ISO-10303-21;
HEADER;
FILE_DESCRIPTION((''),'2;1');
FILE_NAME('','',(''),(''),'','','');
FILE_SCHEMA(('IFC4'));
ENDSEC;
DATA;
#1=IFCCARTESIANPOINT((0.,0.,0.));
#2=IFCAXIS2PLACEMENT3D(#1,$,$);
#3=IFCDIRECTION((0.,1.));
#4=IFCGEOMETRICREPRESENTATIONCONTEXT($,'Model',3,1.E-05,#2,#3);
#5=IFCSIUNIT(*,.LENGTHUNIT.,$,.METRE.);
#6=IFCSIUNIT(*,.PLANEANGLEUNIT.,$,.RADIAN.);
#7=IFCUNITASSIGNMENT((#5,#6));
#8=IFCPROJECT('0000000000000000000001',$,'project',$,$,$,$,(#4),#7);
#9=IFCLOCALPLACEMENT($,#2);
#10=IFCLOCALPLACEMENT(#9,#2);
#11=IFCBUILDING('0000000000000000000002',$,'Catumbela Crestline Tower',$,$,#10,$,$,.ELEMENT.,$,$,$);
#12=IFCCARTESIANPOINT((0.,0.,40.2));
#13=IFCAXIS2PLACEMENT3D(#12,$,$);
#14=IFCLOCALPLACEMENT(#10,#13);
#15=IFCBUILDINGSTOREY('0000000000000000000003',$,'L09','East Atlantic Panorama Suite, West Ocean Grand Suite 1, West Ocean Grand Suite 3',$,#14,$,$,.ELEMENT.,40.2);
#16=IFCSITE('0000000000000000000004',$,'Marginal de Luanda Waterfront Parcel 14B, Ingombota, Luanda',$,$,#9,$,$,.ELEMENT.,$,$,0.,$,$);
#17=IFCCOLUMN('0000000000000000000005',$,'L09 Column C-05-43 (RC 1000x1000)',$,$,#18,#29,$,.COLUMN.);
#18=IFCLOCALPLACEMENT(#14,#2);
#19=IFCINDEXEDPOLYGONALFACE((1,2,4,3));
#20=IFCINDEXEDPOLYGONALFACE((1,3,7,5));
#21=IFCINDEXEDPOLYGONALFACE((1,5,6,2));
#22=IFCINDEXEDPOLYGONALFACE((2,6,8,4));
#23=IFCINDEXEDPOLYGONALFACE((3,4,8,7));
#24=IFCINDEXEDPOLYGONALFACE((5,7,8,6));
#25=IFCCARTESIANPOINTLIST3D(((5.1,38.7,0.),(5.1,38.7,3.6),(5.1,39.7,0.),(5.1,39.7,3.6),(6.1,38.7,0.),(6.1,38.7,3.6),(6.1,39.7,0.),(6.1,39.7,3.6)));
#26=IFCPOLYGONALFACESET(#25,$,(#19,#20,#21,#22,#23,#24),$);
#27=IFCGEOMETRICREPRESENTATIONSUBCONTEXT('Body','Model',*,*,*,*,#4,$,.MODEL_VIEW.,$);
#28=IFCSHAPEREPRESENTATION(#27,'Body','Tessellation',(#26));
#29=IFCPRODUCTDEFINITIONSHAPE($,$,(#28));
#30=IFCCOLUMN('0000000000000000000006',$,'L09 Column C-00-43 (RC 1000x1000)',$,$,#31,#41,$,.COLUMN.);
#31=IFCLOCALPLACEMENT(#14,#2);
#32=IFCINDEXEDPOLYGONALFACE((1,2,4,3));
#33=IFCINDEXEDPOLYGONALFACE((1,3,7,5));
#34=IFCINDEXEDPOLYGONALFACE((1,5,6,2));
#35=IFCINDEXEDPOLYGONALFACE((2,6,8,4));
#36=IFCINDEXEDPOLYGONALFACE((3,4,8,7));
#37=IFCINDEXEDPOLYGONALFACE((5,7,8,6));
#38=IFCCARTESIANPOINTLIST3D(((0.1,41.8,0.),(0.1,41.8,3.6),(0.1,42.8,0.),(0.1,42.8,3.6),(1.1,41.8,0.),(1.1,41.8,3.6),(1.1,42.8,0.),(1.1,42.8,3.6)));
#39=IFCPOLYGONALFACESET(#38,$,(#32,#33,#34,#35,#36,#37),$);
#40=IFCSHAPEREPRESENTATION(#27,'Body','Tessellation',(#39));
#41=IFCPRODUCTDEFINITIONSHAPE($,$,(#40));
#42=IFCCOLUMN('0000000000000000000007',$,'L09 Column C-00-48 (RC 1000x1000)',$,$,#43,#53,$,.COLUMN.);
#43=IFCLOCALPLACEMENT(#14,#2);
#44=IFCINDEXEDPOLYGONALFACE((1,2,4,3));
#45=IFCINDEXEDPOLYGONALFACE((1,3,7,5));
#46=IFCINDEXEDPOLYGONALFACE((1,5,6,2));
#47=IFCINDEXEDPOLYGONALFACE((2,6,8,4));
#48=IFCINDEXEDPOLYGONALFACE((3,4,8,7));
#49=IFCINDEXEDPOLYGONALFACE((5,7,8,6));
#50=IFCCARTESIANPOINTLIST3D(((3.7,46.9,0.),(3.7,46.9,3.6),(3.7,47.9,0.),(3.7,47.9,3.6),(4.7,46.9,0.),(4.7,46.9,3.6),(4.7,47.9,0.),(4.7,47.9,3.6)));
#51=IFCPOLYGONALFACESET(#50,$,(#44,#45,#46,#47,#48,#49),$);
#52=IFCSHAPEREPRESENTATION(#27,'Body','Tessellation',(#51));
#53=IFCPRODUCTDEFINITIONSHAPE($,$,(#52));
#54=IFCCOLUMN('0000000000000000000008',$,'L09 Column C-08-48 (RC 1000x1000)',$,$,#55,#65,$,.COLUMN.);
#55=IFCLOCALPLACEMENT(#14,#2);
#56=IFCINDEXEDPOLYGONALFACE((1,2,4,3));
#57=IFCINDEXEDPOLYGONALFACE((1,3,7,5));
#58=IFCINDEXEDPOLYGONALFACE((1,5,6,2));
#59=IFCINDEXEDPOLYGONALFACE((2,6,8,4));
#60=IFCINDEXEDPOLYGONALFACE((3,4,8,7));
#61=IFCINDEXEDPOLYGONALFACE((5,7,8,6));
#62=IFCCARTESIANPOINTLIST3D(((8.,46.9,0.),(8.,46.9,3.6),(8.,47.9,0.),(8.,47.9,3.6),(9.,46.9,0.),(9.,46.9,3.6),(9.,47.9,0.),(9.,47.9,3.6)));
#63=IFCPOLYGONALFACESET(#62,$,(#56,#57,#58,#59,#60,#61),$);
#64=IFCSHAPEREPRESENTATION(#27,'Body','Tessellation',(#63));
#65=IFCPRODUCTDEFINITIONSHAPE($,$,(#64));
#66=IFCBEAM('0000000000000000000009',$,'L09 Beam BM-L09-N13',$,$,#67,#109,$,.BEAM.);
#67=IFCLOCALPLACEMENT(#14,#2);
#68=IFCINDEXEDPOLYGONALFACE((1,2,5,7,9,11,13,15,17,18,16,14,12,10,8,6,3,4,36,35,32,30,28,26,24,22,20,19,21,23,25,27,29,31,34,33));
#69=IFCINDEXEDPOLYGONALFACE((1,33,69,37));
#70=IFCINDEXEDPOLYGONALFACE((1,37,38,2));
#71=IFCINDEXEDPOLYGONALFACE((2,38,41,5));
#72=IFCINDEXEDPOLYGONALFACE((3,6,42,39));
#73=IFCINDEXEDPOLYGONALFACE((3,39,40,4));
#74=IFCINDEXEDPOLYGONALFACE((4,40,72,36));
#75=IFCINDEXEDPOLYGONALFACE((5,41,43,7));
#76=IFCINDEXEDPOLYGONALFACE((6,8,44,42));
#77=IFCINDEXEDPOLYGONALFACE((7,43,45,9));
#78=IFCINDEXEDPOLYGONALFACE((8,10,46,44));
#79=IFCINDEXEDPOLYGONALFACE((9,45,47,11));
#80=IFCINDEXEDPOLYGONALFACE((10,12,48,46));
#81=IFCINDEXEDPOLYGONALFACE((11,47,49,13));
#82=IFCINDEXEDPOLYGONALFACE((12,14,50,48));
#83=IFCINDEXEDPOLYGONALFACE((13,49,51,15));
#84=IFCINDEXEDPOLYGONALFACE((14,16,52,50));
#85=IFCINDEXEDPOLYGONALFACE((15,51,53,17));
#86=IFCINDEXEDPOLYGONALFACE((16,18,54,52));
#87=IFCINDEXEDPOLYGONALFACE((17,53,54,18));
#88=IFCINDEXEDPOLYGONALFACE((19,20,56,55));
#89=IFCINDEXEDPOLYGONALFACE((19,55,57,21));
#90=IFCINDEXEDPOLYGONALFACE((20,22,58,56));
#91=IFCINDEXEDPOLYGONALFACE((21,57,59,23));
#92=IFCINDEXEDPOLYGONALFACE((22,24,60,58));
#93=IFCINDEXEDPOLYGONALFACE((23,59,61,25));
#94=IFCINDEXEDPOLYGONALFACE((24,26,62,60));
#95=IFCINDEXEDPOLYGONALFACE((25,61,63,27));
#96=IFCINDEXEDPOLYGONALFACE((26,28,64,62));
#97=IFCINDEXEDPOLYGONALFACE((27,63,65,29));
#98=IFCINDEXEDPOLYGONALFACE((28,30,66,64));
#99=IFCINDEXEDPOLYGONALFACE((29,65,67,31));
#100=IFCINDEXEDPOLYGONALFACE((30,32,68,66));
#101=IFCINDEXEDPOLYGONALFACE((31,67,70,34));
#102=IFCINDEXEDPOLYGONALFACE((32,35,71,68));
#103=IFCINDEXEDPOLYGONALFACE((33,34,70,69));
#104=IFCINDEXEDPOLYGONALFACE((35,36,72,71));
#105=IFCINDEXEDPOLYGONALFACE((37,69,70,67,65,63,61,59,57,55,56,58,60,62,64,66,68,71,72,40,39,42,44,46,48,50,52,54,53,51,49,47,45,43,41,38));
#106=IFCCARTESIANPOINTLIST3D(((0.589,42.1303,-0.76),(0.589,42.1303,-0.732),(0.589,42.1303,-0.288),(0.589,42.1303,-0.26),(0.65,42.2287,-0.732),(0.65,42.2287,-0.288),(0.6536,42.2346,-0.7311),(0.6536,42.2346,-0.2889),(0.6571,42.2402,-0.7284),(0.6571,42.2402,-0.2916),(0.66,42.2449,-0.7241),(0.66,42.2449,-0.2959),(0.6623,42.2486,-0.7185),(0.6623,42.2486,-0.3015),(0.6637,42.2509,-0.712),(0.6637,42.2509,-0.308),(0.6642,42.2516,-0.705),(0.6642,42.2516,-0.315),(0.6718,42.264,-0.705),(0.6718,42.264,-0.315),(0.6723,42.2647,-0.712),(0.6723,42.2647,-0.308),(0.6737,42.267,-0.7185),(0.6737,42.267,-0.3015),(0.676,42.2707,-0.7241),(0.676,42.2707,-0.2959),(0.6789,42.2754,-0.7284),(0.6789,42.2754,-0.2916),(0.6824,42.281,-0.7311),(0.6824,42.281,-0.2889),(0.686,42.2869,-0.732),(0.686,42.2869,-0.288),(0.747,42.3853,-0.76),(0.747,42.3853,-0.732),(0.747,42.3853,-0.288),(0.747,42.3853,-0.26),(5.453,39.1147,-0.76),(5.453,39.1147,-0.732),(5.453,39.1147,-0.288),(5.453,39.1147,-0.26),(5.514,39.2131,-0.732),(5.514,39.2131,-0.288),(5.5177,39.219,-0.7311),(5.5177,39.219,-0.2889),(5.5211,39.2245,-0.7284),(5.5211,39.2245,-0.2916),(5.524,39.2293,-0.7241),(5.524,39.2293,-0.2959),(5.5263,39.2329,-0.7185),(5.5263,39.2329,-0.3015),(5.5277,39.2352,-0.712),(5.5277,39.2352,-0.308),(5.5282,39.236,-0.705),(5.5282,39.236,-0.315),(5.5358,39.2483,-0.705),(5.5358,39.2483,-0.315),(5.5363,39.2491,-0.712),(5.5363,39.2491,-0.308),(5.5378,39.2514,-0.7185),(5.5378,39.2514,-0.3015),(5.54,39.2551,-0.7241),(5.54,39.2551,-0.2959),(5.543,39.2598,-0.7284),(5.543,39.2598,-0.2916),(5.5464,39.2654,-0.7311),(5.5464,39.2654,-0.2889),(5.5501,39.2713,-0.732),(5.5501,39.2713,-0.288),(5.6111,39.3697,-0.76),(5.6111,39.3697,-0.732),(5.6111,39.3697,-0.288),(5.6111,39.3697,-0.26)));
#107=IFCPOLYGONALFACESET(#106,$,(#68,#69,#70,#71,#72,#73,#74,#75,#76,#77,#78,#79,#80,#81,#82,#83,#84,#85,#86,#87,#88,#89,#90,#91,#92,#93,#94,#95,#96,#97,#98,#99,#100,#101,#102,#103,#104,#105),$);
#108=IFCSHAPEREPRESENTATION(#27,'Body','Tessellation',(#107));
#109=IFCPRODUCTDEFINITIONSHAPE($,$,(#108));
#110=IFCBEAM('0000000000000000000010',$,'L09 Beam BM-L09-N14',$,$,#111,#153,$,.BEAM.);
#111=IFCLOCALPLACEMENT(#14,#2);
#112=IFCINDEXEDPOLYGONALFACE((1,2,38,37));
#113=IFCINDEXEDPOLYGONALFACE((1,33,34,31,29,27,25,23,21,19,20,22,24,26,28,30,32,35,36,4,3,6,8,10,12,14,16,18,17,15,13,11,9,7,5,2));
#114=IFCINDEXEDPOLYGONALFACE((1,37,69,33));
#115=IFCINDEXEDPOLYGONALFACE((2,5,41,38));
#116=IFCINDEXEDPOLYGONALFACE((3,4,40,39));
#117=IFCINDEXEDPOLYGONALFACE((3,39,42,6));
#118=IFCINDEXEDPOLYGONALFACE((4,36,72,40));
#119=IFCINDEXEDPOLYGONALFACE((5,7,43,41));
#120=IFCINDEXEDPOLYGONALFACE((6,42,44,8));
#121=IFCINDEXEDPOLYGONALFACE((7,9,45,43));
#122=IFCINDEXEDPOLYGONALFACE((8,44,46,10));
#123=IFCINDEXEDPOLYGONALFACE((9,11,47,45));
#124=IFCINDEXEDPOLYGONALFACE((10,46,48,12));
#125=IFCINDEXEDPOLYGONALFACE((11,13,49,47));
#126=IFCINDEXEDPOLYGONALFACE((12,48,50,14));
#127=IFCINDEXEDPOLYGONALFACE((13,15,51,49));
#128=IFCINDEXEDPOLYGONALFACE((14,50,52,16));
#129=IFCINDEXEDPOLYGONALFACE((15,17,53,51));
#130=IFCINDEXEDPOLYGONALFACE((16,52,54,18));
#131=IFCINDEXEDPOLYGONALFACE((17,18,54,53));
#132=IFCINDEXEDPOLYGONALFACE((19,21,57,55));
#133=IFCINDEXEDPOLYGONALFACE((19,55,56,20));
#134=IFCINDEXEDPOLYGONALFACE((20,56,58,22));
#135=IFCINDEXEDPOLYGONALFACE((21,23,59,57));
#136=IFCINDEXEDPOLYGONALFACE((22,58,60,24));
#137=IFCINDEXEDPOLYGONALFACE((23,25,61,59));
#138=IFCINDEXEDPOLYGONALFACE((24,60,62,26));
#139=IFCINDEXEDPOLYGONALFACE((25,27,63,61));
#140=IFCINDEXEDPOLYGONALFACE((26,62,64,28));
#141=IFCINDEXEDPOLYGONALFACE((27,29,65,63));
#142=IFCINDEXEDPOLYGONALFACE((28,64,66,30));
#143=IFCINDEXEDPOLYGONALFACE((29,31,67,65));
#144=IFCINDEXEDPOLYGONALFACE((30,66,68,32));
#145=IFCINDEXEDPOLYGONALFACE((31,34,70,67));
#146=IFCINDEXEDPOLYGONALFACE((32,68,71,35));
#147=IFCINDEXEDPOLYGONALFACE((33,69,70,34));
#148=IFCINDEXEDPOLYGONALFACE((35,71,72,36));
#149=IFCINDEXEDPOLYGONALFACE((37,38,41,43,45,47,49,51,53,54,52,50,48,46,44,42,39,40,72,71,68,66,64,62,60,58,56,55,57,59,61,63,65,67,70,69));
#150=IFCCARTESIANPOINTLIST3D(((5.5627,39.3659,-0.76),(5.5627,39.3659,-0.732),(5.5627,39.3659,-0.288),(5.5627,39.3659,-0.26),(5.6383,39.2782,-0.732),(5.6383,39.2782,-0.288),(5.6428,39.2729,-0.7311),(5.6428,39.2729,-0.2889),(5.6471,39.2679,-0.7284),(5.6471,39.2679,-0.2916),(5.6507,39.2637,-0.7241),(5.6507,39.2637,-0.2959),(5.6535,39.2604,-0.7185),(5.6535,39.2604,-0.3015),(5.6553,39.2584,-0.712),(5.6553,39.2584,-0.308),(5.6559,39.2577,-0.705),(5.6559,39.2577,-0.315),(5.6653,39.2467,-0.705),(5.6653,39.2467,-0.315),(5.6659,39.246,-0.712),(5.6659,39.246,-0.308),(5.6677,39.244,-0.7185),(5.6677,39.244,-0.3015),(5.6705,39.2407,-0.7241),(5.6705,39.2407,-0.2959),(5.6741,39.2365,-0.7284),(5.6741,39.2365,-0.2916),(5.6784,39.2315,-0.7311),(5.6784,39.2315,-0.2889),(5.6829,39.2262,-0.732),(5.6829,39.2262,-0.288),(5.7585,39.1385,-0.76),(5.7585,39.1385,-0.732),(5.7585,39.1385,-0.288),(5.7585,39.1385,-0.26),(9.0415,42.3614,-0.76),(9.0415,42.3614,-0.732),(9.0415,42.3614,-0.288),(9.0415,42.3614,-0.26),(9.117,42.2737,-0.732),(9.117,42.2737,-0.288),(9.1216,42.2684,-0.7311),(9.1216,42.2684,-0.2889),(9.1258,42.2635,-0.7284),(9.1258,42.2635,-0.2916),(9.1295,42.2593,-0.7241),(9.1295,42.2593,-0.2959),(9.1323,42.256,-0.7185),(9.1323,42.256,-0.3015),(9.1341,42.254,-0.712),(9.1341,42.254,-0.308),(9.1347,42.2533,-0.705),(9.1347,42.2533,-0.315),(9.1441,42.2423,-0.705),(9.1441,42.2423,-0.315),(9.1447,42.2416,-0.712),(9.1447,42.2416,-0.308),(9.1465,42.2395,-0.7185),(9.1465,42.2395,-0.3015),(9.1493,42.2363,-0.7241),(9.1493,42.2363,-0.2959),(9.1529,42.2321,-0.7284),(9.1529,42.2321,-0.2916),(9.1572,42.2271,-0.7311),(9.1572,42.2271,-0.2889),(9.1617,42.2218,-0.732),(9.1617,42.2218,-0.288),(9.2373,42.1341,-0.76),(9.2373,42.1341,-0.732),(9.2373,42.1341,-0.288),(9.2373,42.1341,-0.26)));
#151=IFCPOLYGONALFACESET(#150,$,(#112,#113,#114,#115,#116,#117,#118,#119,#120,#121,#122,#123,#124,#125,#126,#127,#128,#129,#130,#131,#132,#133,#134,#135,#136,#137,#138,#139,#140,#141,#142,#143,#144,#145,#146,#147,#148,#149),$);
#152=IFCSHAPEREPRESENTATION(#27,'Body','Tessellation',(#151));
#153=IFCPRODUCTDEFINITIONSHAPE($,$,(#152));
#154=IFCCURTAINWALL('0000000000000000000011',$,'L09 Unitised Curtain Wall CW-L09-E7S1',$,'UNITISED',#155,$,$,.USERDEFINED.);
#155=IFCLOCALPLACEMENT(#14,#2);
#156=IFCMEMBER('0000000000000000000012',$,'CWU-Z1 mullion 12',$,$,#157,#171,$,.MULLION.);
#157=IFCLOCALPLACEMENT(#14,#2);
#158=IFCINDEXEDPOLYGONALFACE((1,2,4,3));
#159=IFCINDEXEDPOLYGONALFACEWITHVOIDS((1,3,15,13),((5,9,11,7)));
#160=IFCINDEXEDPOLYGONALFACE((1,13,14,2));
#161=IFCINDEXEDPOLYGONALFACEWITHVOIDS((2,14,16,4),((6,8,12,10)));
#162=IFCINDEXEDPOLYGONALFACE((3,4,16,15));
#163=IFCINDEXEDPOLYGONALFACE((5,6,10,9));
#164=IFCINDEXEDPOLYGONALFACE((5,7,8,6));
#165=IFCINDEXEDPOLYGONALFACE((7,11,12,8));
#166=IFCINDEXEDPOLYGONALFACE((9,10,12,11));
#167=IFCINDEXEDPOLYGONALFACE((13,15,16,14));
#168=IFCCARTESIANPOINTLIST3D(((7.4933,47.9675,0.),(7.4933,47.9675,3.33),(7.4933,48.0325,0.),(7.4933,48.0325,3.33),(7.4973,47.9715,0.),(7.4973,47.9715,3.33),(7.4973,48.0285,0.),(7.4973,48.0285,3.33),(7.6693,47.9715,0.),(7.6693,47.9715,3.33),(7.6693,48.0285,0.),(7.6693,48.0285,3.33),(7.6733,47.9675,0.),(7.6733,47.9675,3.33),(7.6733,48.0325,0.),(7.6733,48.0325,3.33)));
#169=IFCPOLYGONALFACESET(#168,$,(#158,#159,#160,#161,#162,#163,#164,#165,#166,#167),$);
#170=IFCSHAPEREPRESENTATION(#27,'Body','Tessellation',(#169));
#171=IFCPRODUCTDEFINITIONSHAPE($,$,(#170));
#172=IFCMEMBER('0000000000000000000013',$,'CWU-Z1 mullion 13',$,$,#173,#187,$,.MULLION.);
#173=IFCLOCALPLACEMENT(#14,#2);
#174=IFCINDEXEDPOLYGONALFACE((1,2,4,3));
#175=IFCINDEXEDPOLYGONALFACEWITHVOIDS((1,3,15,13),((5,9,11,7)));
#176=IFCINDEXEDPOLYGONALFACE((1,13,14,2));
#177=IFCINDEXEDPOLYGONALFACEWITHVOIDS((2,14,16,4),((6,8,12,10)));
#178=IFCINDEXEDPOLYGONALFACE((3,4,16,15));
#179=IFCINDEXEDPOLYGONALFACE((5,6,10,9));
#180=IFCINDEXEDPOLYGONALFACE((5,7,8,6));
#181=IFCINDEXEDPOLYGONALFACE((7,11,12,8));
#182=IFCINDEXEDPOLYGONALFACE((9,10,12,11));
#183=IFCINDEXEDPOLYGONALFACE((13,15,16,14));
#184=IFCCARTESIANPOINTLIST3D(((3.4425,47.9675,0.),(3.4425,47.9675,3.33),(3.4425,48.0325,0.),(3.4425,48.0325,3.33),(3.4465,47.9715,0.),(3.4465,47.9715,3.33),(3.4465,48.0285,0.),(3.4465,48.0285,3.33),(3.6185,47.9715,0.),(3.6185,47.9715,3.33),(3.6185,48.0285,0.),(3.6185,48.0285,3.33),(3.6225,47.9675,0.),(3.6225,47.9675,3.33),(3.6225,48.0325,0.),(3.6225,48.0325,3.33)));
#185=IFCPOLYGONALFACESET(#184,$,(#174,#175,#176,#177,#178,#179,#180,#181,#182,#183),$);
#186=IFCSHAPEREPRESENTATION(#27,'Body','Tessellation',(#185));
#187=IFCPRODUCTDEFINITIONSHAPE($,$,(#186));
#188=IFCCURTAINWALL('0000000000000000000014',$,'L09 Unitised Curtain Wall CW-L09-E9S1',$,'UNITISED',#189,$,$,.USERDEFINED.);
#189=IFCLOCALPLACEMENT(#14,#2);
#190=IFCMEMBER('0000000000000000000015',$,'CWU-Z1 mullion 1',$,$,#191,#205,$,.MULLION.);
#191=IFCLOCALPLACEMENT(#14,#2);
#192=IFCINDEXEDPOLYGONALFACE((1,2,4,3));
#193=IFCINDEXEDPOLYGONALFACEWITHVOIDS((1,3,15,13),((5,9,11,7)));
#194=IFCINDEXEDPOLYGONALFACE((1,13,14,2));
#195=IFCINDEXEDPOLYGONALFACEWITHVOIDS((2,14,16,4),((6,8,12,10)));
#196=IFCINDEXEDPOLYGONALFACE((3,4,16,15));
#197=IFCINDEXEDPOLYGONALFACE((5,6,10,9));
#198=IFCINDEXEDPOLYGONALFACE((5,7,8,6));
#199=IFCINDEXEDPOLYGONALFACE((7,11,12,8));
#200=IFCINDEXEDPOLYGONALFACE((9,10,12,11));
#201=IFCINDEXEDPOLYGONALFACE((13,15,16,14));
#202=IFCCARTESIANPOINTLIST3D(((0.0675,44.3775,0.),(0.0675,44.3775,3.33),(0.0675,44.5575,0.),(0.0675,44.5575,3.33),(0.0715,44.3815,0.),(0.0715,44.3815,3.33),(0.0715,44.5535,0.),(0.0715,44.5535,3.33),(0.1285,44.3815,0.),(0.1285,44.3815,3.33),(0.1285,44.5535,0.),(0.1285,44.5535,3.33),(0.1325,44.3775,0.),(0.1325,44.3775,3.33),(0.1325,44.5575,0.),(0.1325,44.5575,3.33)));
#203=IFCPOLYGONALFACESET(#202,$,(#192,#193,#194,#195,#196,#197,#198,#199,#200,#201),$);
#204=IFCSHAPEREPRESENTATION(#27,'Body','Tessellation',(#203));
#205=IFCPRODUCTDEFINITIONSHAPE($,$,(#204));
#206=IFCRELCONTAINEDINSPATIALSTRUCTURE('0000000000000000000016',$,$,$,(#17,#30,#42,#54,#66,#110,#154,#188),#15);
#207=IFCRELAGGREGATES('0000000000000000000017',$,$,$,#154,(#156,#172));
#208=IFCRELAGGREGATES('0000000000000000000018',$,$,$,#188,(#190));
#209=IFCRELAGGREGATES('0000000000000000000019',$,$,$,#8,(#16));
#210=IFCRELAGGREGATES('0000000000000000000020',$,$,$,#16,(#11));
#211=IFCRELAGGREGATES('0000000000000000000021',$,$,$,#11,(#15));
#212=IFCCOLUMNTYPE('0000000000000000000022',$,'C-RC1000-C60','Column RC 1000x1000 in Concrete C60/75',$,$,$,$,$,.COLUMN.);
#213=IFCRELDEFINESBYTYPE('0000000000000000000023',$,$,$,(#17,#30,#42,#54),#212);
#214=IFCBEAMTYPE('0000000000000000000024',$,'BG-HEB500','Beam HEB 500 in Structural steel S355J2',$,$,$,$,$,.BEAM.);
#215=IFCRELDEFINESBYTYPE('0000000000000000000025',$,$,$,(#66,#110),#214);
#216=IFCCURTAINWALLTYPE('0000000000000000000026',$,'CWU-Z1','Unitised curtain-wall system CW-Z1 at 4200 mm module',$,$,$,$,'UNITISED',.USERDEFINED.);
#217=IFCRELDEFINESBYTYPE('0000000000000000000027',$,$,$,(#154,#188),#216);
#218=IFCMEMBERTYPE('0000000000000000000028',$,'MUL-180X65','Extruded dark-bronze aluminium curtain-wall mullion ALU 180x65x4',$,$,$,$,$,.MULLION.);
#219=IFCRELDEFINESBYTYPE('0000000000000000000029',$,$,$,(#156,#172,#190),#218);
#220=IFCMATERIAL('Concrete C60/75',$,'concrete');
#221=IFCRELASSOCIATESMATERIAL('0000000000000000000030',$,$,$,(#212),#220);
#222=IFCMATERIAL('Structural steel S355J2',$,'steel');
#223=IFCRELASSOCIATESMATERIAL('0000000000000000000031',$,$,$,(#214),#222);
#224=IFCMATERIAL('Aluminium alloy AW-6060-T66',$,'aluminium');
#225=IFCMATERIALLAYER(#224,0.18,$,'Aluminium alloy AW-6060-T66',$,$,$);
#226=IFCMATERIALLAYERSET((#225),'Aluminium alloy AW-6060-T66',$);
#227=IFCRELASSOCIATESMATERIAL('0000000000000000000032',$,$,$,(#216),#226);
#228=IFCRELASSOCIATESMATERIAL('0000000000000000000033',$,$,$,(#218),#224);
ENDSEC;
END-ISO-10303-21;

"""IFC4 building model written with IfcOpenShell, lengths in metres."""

from ifc_helpers import new_model, si_unit, direction, frame, origin, origin_2d, place, context, subcontext, project, spatial, rectangle, hollow_rectangle, i_section, extrude, material, layer, layer_set, material_profile, profile_set, type_object, element, aggregate, save


model = new_model("IFC4")

# Units and contexts
model_context = context("Model", 3, precision=1e-05, world=origin(), true_north=direction((0.0, 1.0)))
body_context = subcontext(model_context, "Body", "Model", "MODEL_VIEW")
ifc_project = project(units=[si_unit("LENGTHUNIT", "METRE"), si_unit("PLANEANGLEUNIT", "RADIAN")], contexts=[model_context])

# Site, building, storey
site_placement = place(None, origin())
site = spatial("IfcSite", under=ifc_project, at=site_placement, Name="Marginal de Luanda Waterfront Parcel 14B, Ingombota, Luanda", CompositionType="ELEMENT", RefElevation=0.0)
building_placement = place(site_placement, origin())
building = spatial("IfcBuilding", under=site, at=building_placement, Name="Catumbela Crestline Tower", CompositionType="ELEMENT")
storey_placement = place(building_placement, frame((0.0, 0.0, 40.2)))
storey = spatial("IfcBuildingStorey", under=building, at=storey_placement, Name="L09", Description="East Atlantic Panorama Suite, West Ocean Grand Suite 1, West Ocean Grand Suite 3", CompositionType="ELEMENT", Elevation=40.2)

# Columns
ifc_material_1 = material(Name="Concrete C60/75", Category="concrete")
ifc_material_profile_1 = material_profile(ifc_material_1, rectangle(XDim=1.0, YDim=1.0, at=origin_2d()), Name="RC 1000x1000")
ifc_profile_set_1 = profile_set([ifc_material_profile_1], Name="Concrete C60/75")
column_type = type_object("IfcColumnType", Name="C-RC1000-C60", Description="Column RC 1000x1000 in Concrete C60/75", PredefinedType="COLUMN", material=ifc_profile_set_1)
for number, where, z_axis, x_axis, name in (
    (1, (5.6, 39.2, 0.0), (0.0, 0.0, 1.0), (1.0, 0.0, 0.0), "L09 Column C-05-43 (RC 1000x1000)"),
    (2, (0.6, 42.3, 0.0), (0.0, 0.0, 1.0), (1.0, 0.0, 0.0), "L09 Column C-00-43 (RC 1000x1000)"),
    (3, (4.2, 47.4, 0.0), (0.0, 0.0, 1.0), (1.0, 0.0, 0.0), "L09 Column C-00-48 (RC 1000x1000)"),
    (4, (8.5, 47.4, 0.0), (0.0, 0.0, 1.0), (1.0, 0.0, 0.0), "L09 Column C-08-48 (RC 1000x1000)"),
):
    element("IfcColumn", number, at=place(storey_placement, frame(where, z_axis=z_axis, x_axis=x_axis)), inside=storey, type_object=column_type, Name=name, PredefinedType="COLUMN", context=body_context, shape_type="SweptSolid", body=[
        extrude(rectangle(XDim=1.0, YDim=1.0, at=origin_2d()), origin(), (0.0, 0.0, 1.0), 3.6),
    ])

# Beams
ifc_material_2 = material(Name="Structural steel S355J2", Category="steel")
ifc_material_profile_2 = material_profile(ifc_material_2, i_section(OverallWidth=0.3, OverallDepth=0.5, WebThickness=0.0145, FlangeThickness=0.028, FilletRadius=0.027, at=origin_2d()), Name="HEB 500")
ifc_profile_set_2 = profile_set([ifc_material_profile_2], Name="Structural steel S355J2")
beam_type_1 = type_object("IfcBeamType", Name="BG-HEB500", Description="Beam HEB 500 in Structural steel S355J2", PredefinedType="BEAM", material=ifc_profile_set_2)
beam_1_placement = place(storey_placement, frame((0.668, 42.2578, -0.51), z_axis=(0.849909, -0.52693, 0.0), x_axis=(0.52693, 0.849909, 0.0)))
element("IfcBeam", 5, at=beam_1_placement, inside=storey, type_object=beam_type_1, Name="L09 Beam BM-L09-N13", PredefinedType="BEAM", context=body_context, shape_type="SweptSolid", body=[
    extrude(i_section(OverallWidth=0.3, OverallDepth=0.5, WebThickness=0.0145, FlangeThickness=0.028, FilletRadius=0.027, at=origin_2d()), origin(), (0.0, 0.0, 1.0), 5.723),
])
beam_2_placement = place(storey_placement, frame((5.6606, 39.2522, -0.51), z_axis=(0.757772, 0.652519, 0.0), x_axis=(-0.652519, 0.757772, 0.0)))
element("IfcBeam", 6, at=beam_2_placement, inside=storey, type_object=beam_type_1, Name="L09 Beam BM-L09-N14", PredefinedType="BEAM", context=body_context, shape_type="SweptSolid", body=[
    extrude(i_section(OverallWidth=0.3, OverallDepth=0.5, WebThickness=0.0145, FlangeThickness=0.028, FilletRadius=0.027, at=origin_2d()), origin(), (0.0, 0.0, 1.0), 4.5908),
])

# Curtain walls, members
ifc_material_3 = material(Name="Aluminium alloy AW-6060-T66", Category="aluminium")
ifc_layer_1 = layer(ifc_material_3, 0.18, Name="Aluminium alloy AW-6060-T66")
ifc_layer_set_1 = layer_set([ifc_layer_1], Name="Aluminium alloy AW-6060-T66")
curtain_wall_type = type_object("IfcCurtainWallType", Name="CWU-Z1", Description="Unitised curtain-wall system CW-Z1 at 4200 mm module", ElementType="UNITISED", PredefinedType="USERDEFINED", material=ifc_layer_set_1)
curtain_wall_1_placement = place(storey_placement, origin())
curtain_wall_1 = element("IfcCurtainWall", 7, at=curtain_wall_1_placement, inside=storey, type_object=curtain_wall_type, Name="L09 Unitised Curtain Wall CW-L09-E7S1", ObjectType="UNITISED", PredefinedType="USERDEFINED")
ifc_material_profile_3 = material_profile(ifc_material_3, hollow_rectangle(XDim=0.065, YDim=0.18, WallThickness=0.004, at=origin_2d()), Name="ALU 180x65x4")
ifc_profile_set_3 = profile_set([ifc_material_profile_3], Name="Aluminium alloy AW-6060-T66")
member_type_1 = type_object("IfcMemberType", Name="MUL-180X65", Description="Extruded dark-bronze aluminium curtain-wall mullion ALU 180x65x4", PredefinedType="MULLION", material=ifc_profile_set_3)
member_1_placement = place(storey_placement, frame((7.5833, 48.0, 0.0), z_axis=(0.0, 0.0, 1.0), x_axis=(0.0, -1.0, 0.0)))
member_1 = element("IfcMember", 8, at=member_1_placement, type_object=member_type_1, Name="CWU-Z1 mullion 12", PredefinedType="MULLION", context=body_context, shape_type="SweptSolid", body=[
    extrude(hollow_rectangle(XDim=0.065, YDim=0.18, WallThickness=0.004, at=origin_2d()), origin(), (0.0, 0.0, 1.0), 3.33),
])
member_2_placement = place(storey_placement, frame((3.5325, 48.0, 0.0), z_axis=(0.0, 0.0, 1.0), x_axis=(0.0, -1.0, 0.0)))
member_2 = element("IfcMember", 9, at=member_2_placement, type_object=member_type_1, Name="CWU-Z1 mullion 13", PredefinedType="MULLION", context=body_context, shape_type="SweptSolid", body=[
    extrude(hollow_rectangle(XDim=0.065, YDim=0.18, WallThickness=0.004, at=origin_2d()), origin(), (0.0, 0.0, 1.0), 3.33),
])
curtain_wall_2_placement = place(storey_placement, origin())
curtain_wall_2 = element("IfcCurtainWall", 10, at=curtain_wall_2_placement, inside=storey, type_object=curtain_wall_type, Name="L09 Unitised Curtain Wall CW-L09-E9S1", ObjectType="UNITISED", PredefinedType="USERDEFINED")
member_3_placement = place(storey_placement, frame((0.1, 44.4675, 0.0), z_axis=(0.0, 0.0, 1.0), x_axis=(1.0, 0.0, 0.0)))
member_3 = element("IfcMember", 11, at=member_3_placement, type_object=member_type_1, Name="CWU-Z1 mullion 1", PredefinedType="MULLION", context=body_context, shape_type="SweptSolid", body=[
    extrude(hollow_rectangle(XDim=0.065, YDim=0.18, WallThickness=0.004, at=origin_2d()), origin(), (0.0, 0.0, 1.0), 3.33),
])

aggregate(curtain_wall_1, [member_1, member_2])
aggregate(curtain_wall_2, [member_3])

save(model, "model.ifc")
